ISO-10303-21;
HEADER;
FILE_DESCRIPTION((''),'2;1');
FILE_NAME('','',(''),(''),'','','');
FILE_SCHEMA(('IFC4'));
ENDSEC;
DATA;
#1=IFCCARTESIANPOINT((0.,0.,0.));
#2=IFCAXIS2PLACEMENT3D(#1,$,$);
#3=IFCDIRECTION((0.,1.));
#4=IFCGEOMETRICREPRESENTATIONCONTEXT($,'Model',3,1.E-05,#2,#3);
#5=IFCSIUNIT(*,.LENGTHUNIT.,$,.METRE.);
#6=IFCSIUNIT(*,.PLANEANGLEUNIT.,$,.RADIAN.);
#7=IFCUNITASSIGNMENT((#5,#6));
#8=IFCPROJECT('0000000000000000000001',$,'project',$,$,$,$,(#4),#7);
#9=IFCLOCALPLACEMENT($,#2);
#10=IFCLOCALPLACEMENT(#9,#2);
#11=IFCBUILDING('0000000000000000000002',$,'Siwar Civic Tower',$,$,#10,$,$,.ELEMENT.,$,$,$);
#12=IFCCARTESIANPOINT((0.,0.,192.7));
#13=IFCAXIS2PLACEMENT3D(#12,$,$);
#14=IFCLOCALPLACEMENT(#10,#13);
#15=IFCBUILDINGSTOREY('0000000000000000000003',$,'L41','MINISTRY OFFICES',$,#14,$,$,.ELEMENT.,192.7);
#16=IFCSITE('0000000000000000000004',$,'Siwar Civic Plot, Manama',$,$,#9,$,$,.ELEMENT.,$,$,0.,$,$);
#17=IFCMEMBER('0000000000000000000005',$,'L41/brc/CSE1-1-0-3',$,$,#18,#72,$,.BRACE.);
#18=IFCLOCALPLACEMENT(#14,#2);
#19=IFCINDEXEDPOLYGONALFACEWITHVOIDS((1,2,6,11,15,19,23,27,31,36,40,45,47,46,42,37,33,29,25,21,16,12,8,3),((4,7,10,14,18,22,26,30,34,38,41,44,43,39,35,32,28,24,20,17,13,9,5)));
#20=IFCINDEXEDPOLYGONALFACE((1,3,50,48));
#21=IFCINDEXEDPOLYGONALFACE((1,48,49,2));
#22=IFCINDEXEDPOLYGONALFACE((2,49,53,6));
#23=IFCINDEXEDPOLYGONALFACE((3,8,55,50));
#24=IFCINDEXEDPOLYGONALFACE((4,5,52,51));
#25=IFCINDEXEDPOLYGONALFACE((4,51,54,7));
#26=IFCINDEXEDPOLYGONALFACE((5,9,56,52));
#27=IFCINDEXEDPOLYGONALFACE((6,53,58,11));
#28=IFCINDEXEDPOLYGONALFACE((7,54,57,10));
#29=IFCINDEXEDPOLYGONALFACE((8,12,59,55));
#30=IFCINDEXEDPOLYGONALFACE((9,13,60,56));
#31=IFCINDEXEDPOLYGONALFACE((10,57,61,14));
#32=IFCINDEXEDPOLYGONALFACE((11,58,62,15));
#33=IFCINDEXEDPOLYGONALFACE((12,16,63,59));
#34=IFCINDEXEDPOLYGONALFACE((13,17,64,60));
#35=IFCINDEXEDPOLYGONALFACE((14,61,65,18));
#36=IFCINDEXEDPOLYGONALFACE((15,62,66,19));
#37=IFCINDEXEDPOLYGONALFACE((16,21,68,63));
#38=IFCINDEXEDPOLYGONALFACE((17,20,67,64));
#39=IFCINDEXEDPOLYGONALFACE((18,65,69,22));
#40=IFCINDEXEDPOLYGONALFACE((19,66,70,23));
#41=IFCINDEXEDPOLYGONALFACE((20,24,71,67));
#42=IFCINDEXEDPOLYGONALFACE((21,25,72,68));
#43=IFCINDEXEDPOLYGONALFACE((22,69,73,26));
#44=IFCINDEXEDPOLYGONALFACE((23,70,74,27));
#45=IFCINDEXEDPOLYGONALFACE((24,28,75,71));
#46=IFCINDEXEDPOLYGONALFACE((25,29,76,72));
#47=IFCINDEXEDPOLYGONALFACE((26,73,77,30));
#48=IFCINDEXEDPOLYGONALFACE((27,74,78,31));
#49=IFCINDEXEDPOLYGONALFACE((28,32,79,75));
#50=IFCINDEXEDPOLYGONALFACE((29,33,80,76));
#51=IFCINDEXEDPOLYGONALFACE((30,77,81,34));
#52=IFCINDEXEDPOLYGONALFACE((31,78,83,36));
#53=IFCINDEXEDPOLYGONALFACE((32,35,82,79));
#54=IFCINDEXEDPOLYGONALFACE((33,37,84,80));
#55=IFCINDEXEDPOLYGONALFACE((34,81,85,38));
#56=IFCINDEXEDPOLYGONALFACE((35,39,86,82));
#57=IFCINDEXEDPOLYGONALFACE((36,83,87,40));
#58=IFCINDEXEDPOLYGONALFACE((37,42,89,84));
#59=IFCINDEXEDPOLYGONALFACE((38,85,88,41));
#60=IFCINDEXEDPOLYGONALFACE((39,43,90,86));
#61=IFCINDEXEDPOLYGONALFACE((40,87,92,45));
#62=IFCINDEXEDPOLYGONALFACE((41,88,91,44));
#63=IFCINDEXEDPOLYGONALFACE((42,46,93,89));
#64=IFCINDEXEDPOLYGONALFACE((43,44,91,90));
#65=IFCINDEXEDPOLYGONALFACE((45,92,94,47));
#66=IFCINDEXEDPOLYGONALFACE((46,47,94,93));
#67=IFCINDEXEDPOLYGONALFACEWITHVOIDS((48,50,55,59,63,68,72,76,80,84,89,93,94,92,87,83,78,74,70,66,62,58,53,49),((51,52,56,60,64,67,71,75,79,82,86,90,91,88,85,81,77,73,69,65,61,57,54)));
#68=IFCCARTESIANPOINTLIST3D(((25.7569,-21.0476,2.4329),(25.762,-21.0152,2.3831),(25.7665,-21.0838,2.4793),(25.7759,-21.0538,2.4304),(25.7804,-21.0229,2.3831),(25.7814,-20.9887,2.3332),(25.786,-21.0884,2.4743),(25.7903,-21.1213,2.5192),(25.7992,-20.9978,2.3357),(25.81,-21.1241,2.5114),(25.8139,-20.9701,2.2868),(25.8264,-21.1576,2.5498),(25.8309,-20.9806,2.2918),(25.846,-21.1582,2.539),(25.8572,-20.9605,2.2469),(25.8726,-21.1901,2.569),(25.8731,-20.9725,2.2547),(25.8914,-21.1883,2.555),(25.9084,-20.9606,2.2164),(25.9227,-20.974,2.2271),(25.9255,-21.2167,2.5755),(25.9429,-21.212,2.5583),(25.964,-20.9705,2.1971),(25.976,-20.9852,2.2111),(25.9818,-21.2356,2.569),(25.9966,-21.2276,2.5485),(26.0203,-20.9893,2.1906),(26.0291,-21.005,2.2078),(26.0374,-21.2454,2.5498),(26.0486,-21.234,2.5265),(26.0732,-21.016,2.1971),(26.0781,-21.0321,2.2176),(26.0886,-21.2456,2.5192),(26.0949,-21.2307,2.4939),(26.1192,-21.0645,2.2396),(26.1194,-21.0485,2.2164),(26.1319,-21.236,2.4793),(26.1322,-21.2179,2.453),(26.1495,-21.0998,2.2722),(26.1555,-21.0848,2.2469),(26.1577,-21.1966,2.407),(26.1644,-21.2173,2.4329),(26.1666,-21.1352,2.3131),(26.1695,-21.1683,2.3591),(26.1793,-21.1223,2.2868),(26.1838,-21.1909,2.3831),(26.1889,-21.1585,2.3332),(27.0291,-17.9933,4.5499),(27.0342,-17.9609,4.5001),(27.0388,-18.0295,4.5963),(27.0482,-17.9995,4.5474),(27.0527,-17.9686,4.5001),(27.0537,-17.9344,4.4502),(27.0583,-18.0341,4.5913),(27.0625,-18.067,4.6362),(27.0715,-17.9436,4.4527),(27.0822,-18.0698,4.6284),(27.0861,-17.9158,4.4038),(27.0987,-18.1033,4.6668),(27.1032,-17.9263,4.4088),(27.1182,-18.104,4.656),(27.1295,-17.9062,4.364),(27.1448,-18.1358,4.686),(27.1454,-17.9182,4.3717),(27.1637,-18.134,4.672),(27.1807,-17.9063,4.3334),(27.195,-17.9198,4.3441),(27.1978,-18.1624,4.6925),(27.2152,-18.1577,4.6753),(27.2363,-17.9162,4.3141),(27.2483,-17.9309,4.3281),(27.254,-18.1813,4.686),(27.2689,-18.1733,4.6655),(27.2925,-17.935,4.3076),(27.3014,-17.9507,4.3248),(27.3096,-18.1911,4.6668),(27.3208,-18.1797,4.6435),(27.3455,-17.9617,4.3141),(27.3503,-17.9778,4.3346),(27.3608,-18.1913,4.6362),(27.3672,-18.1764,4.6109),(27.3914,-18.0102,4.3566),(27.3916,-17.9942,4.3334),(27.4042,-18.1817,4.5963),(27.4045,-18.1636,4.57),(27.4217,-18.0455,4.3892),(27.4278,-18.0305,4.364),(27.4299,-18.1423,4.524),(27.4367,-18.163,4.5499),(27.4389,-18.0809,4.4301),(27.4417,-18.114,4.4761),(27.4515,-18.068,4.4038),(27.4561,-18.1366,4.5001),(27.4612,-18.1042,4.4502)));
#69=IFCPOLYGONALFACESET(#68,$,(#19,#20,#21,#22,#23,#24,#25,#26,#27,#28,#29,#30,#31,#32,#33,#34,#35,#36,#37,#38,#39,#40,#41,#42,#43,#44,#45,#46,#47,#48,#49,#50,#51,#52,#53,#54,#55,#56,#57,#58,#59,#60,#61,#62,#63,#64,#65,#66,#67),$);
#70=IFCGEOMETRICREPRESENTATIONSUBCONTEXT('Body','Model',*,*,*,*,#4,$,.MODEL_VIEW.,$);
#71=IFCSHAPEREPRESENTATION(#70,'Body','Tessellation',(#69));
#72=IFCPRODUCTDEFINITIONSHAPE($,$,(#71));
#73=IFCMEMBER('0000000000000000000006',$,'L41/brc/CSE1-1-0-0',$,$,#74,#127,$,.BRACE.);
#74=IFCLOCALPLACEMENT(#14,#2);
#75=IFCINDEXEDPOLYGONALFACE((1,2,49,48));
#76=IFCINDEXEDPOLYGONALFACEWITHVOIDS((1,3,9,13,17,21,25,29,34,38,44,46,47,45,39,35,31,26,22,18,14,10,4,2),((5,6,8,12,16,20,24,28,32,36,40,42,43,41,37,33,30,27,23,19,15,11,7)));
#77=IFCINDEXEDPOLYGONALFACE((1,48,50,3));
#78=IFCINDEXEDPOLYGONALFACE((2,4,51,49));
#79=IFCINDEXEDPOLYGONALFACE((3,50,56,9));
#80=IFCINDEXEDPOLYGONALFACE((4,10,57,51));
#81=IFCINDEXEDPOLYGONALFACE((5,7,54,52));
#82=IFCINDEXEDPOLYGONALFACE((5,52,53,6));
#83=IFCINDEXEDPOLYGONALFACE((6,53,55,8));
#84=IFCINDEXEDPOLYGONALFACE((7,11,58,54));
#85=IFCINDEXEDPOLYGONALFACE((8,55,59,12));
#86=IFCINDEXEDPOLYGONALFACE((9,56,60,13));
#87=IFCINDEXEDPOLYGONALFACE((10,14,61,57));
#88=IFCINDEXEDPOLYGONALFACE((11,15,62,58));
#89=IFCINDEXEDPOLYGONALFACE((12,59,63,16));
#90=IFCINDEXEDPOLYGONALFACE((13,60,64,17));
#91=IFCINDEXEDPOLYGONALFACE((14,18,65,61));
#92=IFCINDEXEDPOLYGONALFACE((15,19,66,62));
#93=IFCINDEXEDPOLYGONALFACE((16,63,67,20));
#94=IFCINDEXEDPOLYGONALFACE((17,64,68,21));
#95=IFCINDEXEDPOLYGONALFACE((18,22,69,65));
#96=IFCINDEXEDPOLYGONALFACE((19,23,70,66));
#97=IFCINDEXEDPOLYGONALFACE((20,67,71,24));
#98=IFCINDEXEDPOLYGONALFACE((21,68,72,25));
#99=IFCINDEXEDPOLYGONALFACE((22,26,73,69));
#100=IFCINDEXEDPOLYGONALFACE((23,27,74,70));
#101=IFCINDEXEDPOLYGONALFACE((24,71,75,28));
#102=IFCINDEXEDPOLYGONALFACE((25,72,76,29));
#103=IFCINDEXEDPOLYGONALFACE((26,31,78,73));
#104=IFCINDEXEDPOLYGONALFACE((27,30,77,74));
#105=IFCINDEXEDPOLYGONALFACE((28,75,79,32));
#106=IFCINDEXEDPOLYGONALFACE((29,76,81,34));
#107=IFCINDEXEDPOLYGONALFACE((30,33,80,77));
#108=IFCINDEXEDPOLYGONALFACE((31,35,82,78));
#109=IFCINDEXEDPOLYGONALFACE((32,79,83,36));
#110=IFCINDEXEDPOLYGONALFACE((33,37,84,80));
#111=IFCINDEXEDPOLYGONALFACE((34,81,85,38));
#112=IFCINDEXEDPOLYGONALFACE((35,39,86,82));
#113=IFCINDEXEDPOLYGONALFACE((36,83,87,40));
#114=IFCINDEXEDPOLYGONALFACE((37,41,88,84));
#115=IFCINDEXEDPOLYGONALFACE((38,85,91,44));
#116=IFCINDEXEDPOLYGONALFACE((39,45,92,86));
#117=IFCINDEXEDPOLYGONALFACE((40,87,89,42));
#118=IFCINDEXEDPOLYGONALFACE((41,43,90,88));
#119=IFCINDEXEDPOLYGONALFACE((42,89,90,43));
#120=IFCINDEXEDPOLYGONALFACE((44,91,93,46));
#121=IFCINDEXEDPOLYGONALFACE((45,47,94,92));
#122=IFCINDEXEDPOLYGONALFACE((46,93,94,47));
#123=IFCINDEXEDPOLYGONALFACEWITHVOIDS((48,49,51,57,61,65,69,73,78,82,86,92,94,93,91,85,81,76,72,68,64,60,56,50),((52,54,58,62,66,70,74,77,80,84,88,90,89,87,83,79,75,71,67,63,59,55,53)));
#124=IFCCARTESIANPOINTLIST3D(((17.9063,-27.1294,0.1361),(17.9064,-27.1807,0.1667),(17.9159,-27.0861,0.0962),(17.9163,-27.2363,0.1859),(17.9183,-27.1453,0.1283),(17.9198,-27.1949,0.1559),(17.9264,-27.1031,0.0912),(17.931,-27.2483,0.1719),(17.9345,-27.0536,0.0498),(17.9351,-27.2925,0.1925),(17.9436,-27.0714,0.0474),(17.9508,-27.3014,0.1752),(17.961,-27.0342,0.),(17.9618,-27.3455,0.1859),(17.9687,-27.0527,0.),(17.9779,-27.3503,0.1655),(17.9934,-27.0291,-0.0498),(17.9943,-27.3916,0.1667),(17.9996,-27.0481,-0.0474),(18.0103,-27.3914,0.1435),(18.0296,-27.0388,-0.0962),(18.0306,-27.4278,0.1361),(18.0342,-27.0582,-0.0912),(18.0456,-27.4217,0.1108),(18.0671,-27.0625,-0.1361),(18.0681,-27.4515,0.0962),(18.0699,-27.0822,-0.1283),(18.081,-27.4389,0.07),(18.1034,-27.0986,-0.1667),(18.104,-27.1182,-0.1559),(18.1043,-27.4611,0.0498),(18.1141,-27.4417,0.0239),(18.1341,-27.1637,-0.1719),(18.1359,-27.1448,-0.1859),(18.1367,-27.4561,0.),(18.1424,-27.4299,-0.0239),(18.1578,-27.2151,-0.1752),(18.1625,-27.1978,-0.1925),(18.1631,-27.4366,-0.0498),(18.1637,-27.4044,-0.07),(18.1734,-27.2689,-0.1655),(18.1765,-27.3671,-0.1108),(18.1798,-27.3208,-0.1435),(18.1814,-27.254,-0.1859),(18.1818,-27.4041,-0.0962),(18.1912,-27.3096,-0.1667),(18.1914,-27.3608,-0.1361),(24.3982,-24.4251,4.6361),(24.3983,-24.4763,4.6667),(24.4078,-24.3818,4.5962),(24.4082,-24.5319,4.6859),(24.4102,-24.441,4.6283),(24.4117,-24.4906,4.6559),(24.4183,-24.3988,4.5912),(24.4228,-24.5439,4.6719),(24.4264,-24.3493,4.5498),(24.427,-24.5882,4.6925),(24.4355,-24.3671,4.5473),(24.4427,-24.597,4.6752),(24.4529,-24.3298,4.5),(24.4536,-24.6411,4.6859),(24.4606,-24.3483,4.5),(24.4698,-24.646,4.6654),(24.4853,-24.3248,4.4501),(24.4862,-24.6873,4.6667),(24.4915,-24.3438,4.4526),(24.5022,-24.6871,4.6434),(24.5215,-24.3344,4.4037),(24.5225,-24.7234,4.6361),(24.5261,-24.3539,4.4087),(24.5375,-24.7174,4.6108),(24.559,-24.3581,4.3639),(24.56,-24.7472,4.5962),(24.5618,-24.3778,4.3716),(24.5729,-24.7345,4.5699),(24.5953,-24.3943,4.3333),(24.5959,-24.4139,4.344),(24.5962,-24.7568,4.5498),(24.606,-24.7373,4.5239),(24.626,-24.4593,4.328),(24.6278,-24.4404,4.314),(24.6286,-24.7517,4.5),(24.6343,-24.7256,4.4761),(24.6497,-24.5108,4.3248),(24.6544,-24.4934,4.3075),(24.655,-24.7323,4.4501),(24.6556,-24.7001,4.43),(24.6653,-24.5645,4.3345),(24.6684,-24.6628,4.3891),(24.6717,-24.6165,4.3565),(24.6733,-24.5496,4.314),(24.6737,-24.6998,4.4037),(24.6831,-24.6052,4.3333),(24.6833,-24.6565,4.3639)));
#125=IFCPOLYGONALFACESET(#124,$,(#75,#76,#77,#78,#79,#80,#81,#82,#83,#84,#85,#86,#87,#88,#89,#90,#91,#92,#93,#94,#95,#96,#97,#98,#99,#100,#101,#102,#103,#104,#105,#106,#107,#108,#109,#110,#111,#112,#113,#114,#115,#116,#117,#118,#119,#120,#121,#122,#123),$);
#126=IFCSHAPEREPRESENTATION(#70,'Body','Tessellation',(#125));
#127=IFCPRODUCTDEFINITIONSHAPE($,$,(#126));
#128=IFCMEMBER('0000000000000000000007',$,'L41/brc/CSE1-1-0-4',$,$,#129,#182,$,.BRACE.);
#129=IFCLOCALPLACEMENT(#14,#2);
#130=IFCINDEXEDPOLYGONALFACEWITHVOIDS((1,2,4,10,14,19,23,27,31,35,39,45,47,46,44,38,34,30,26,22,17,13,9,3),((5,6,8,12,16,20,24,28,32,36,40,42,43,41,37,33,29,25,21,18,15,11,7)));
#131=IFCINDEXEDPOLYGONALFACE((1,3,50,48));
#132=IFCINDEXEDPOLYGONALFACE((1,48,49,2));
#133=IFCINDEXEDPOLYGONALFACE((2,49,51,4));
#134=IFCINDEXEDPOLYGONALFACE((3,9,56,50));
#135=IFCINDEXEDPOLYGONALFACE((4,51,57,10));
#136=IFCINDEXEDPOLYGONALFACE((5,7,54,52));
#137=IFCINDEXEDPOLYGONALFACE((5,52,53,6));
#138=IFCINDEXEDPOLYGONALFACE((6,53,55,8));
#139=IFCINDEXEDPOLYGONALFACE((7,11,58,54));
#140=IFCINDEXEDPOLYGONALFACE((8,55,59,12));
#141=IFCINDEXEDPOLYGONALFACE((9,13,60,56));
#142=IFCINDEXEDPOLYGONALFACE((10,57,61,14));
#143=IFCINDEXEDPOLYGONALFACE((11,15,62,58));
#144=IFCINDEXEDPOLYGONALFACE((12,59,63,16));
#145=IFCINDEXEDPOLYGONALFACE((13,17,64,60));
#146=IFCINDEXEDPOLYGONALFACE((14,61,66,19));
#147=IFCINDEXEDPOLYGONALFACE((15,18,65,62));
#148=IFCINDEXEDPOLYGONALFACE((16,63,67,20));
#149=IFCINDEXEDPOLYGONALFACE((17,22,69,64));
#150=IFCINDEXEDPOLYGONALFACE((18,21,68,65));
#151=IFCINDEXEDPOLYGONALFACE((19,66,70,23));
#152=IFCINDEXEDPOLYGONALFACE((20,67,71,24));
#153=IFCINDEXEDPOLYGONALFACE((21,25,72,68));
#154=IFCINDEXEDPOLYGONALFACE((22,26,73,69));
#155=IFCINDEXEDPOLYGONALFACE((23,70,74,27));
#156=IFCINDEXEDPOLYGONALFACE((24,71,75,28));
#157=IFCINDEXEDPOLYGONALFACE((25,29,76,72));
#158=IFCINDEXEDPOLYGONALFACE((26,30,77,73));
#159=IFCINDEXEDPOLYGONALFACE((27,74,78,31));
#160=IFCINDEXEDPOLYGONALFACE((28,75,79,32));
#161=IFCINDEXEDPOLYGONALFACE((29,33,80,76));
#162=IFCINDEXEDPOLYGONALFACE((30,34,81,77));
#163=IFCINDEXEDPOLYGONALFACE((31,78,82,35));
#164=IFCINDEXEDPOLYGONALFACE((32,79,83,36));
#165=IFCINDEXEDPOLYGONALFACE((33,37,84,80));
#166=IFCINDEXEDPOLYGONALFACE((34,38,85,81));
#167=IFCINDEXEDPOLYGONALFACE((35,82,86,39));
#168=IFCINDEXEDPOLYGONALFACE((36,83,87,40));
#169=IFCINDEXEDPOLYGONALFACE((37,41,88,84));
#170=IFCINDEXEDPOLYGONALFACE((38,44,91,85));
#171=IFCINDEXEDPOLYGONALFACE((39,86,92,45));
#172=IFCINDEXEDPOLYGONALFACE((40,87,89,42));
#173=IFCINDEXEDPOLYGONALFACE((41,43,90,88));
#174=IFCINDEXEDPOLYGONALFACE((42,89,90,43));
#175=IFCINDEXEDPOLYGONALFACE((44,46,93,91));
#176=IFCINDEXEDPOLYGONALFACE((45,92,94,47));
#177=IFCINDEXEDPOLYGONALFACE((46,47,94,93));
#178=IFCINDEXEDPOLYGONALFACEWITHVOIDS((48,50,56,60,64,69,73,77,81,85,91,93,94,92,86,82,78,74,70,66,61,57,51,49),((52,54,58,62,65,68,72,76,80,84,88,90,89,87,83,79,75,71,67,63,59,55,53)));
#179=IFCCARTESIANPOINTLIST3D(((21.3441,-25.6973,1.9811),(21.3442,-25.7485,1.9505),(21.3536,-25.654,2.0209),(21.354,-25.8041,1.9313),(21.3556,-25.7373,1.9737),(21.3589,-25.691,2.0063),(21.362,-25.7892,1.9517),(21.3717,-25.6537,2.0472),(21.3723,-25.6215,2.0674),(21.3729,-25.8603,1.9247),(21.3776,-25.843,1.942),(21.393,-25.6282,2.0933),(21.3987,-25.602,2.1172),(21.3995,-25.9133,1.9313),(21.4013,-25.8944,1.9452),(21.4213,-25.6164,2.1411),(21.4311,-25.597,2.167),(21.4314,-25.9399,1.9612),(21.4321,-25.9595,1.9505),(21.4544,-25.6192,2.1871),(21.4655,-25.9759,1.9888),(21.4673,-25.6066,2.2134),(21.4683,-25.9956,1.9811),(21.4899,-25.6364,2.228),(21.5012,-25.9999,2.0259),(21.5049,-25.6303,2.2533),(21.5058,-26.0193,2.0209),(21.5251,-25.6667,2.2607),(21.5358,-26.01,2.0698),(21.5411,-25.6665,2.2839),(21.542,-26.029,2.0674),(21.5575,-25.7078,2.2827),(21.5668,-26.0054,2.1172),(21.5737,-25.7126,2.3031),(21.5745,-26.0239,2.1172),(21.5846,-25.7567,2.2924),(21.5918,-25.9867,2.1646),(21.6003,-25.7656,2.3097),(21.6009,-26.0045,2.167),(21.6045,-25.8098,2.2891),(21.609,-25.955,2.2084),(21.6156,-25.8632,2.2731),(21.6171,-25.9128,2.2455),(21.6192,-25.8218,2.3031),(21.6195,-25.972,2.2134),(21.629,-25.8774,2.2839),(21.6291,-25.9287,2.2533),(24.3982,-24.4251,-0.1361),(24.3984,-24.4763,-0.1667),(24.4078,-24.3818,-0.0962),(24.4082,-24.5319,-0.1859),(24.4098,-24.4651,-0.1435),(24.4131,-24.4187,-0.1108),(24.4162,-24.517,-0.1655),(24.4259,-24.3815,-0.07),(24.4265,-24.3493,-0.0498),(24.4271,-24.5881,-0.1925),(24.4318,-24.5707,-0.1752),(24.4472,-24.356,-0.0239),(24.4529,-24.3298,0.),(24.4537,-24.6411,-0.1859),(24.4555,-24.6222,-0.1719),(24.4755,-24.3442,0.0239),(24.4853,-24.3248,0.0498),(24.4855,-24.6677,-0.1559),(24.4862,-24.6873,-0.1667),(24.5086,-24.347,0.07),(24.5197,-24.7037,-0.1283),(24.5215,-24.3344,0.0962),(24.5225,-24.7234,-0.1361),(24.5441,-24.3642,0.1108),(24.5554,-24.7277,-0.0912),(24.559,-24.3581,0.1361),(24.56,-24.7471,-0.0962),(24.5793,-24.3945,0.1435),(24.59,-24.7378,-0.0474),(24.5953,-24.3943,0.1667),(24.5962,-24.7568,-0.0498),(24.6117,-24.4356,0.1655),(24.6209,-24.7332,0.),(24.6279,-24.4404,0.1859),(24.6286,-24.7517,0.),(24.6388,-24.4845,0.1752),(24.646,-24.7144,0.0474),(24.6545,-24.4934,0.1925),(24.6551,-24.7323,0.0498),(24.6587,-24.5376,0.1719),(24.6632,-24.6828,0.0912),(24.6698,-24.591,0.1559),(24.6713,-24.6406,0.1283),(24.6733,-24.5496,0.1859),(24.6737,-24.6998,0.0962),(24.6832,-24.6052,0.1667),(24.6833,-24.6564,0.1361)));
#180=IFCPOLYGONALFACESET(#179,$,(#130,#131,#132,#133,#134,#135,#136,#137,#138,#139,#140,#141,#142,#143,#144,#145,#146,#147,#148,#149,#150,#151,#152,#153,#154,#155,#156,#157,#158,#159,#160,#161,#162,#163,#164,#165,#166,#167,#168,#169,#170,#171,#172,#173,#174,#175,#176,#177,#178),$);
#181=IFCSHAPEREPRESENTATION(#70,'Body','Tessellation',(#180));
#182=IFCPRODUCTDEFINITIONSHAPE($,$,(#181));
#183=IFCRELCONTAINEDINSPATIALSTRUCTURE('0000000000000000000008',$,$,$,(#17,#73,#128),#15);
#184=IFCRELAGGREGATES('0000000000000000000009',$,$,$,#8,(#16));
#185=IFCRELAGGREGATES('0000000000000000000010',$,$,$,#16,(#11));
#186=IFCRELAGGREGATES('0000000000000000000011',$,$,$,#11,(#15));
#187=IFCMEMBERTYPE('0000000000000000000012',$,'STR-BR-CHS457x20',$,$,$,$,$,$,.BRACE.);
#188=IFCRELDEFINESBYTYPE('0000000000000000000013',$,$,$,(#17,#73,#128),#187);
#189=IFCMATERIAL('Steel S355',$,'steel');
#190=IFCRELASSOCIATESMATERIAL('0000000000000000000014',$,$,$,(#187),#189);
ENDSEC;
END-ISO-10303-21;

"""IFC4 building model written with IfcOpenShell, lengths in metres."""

from ifc_helpers import new_model, si_unit, direction, frame, origin, origin_2d, place, context, subcontext, project, spatial, hollow_circle, extrude, material, material_profile, profile_set, type_object, element, save


model = new_model("IFC4")

# Units and contexts
model_context = context("Model", 3, precision=1e-05, world=origin(), true_north=direction((0.0, 1.0)))
body_context = subcontext(model_context, "Body", "Model", "MODEL_VIEW")
ifc_project = project(units=[si_unit("LENGTHUNIT", "METRE"), si_unit("PLANEANGLEUNIT", "RADIAN")], contexts=[model_context])

# Site, building, storey
site_placement = place(None, origin())
site = spatial("IfcSite", under=ifc_project, at=site_placement, Name="Siwar Civic Plot, Manama", CompositionType="ELEMENT", RefElevation=0.0)
building_placement = place(site_placement, origin())
building = spatial("IfcBuilding", under=site, at=building_placement, Name="Siwar Civic Tower", CompositionType="ELEMENT")
storey_placement = place(building_placement, frame((0.0, 0.0, 192.7)))
storey = spatial("IfcBuildingStorey", under=building, at=storey_placement, Name="L41", Description="MINISTRY OFFICES", CompositionType="ELEMENT", Elevation=192.7)

# Members
ifc_material_1 = material(Name="Steel S355", Category="steel")
ifc_material_profile_1 = material_profile(ifc_material_1, hollow_circle(Radius=0.2285, WallThickness=0.02, at=origin_2d()), Name="CHS457x20")
ifc_profile_set_1 = profile_set([ifc_material_profile_1], Name="Steel S355")
member_type_1 = type_object("IfcMemberType", Name="STR-BR-CHS457x20", PredefinedType="BRACE", material=ifc_profile_set_1)
for number, where, z_axis, x_axis, name in (
    (1, (25.9729, -21.103, 2.3831), (0.323895, 0.777572, 0.538955), (-0.923116, 0.384521, 0.0), "L41/brc/CSE1-1-0-3"),
):
    element("IfcMember", number, at=place(storey_placement, frame(where, z_axis=z_axis, x_axis=x_axis)), inside=storey, type_object=member_type_1, Name=name, PredefinedType="BRACE", context=body_context, shape_type="SweptSolid", body=[
        extrude(hollow_circle(Radius=0.2285, WallThickness=0.02, at=origin_2d()), origin(), (0.0, 0.0, 1.0), 3.928),
    ])
member_1_placement = place(storey_placement, frame((18.0488, -27.2451, 0.0), z_axis=(0.777555, 0.323906, 0.538975), x_axis=(-0.384539, 0.923109, 0.0)))
element("IfcMember", 2, at=member_1_placement, inside=storey, type_object=member_type_1, Name="L41/brc/CSE1-1-0-0", PredefinedType="BRACE", context=body_context, shape_type="SweptSolid", body=[
    extrude(hollow_circle(Radius=0.2285, WallThickness=0.02, at=origin_2d()), origin(), (0.0, 0.0, 1.0), 8.3491),
])
for number, where, z_axis, x_axis, name in (
    (3, (24.5408, -24.5408, 0.0), (-0.777546, -0.323884, 0.538999), (0.384521, -0.923116, 0.0), "L41/brc/CSE1-1-0-4"),
):
    element("IfcMember", number, at=place(storey_placement, frame(where, z_axis=z_axis, x_axis=x_axis)), inside=storey, type_object=member_type_1, Name=name, PredefinedType="BRACE", context=body_context, shape_type="SweptSolid", body=[
        extrude(hollow_circle(Radius=0.2285, WallThickness=0.02, at=origin_2d()), origin(), (0.0, 0.0, 1.0), 3.928),
    ])

save(model, "model.ifc")
